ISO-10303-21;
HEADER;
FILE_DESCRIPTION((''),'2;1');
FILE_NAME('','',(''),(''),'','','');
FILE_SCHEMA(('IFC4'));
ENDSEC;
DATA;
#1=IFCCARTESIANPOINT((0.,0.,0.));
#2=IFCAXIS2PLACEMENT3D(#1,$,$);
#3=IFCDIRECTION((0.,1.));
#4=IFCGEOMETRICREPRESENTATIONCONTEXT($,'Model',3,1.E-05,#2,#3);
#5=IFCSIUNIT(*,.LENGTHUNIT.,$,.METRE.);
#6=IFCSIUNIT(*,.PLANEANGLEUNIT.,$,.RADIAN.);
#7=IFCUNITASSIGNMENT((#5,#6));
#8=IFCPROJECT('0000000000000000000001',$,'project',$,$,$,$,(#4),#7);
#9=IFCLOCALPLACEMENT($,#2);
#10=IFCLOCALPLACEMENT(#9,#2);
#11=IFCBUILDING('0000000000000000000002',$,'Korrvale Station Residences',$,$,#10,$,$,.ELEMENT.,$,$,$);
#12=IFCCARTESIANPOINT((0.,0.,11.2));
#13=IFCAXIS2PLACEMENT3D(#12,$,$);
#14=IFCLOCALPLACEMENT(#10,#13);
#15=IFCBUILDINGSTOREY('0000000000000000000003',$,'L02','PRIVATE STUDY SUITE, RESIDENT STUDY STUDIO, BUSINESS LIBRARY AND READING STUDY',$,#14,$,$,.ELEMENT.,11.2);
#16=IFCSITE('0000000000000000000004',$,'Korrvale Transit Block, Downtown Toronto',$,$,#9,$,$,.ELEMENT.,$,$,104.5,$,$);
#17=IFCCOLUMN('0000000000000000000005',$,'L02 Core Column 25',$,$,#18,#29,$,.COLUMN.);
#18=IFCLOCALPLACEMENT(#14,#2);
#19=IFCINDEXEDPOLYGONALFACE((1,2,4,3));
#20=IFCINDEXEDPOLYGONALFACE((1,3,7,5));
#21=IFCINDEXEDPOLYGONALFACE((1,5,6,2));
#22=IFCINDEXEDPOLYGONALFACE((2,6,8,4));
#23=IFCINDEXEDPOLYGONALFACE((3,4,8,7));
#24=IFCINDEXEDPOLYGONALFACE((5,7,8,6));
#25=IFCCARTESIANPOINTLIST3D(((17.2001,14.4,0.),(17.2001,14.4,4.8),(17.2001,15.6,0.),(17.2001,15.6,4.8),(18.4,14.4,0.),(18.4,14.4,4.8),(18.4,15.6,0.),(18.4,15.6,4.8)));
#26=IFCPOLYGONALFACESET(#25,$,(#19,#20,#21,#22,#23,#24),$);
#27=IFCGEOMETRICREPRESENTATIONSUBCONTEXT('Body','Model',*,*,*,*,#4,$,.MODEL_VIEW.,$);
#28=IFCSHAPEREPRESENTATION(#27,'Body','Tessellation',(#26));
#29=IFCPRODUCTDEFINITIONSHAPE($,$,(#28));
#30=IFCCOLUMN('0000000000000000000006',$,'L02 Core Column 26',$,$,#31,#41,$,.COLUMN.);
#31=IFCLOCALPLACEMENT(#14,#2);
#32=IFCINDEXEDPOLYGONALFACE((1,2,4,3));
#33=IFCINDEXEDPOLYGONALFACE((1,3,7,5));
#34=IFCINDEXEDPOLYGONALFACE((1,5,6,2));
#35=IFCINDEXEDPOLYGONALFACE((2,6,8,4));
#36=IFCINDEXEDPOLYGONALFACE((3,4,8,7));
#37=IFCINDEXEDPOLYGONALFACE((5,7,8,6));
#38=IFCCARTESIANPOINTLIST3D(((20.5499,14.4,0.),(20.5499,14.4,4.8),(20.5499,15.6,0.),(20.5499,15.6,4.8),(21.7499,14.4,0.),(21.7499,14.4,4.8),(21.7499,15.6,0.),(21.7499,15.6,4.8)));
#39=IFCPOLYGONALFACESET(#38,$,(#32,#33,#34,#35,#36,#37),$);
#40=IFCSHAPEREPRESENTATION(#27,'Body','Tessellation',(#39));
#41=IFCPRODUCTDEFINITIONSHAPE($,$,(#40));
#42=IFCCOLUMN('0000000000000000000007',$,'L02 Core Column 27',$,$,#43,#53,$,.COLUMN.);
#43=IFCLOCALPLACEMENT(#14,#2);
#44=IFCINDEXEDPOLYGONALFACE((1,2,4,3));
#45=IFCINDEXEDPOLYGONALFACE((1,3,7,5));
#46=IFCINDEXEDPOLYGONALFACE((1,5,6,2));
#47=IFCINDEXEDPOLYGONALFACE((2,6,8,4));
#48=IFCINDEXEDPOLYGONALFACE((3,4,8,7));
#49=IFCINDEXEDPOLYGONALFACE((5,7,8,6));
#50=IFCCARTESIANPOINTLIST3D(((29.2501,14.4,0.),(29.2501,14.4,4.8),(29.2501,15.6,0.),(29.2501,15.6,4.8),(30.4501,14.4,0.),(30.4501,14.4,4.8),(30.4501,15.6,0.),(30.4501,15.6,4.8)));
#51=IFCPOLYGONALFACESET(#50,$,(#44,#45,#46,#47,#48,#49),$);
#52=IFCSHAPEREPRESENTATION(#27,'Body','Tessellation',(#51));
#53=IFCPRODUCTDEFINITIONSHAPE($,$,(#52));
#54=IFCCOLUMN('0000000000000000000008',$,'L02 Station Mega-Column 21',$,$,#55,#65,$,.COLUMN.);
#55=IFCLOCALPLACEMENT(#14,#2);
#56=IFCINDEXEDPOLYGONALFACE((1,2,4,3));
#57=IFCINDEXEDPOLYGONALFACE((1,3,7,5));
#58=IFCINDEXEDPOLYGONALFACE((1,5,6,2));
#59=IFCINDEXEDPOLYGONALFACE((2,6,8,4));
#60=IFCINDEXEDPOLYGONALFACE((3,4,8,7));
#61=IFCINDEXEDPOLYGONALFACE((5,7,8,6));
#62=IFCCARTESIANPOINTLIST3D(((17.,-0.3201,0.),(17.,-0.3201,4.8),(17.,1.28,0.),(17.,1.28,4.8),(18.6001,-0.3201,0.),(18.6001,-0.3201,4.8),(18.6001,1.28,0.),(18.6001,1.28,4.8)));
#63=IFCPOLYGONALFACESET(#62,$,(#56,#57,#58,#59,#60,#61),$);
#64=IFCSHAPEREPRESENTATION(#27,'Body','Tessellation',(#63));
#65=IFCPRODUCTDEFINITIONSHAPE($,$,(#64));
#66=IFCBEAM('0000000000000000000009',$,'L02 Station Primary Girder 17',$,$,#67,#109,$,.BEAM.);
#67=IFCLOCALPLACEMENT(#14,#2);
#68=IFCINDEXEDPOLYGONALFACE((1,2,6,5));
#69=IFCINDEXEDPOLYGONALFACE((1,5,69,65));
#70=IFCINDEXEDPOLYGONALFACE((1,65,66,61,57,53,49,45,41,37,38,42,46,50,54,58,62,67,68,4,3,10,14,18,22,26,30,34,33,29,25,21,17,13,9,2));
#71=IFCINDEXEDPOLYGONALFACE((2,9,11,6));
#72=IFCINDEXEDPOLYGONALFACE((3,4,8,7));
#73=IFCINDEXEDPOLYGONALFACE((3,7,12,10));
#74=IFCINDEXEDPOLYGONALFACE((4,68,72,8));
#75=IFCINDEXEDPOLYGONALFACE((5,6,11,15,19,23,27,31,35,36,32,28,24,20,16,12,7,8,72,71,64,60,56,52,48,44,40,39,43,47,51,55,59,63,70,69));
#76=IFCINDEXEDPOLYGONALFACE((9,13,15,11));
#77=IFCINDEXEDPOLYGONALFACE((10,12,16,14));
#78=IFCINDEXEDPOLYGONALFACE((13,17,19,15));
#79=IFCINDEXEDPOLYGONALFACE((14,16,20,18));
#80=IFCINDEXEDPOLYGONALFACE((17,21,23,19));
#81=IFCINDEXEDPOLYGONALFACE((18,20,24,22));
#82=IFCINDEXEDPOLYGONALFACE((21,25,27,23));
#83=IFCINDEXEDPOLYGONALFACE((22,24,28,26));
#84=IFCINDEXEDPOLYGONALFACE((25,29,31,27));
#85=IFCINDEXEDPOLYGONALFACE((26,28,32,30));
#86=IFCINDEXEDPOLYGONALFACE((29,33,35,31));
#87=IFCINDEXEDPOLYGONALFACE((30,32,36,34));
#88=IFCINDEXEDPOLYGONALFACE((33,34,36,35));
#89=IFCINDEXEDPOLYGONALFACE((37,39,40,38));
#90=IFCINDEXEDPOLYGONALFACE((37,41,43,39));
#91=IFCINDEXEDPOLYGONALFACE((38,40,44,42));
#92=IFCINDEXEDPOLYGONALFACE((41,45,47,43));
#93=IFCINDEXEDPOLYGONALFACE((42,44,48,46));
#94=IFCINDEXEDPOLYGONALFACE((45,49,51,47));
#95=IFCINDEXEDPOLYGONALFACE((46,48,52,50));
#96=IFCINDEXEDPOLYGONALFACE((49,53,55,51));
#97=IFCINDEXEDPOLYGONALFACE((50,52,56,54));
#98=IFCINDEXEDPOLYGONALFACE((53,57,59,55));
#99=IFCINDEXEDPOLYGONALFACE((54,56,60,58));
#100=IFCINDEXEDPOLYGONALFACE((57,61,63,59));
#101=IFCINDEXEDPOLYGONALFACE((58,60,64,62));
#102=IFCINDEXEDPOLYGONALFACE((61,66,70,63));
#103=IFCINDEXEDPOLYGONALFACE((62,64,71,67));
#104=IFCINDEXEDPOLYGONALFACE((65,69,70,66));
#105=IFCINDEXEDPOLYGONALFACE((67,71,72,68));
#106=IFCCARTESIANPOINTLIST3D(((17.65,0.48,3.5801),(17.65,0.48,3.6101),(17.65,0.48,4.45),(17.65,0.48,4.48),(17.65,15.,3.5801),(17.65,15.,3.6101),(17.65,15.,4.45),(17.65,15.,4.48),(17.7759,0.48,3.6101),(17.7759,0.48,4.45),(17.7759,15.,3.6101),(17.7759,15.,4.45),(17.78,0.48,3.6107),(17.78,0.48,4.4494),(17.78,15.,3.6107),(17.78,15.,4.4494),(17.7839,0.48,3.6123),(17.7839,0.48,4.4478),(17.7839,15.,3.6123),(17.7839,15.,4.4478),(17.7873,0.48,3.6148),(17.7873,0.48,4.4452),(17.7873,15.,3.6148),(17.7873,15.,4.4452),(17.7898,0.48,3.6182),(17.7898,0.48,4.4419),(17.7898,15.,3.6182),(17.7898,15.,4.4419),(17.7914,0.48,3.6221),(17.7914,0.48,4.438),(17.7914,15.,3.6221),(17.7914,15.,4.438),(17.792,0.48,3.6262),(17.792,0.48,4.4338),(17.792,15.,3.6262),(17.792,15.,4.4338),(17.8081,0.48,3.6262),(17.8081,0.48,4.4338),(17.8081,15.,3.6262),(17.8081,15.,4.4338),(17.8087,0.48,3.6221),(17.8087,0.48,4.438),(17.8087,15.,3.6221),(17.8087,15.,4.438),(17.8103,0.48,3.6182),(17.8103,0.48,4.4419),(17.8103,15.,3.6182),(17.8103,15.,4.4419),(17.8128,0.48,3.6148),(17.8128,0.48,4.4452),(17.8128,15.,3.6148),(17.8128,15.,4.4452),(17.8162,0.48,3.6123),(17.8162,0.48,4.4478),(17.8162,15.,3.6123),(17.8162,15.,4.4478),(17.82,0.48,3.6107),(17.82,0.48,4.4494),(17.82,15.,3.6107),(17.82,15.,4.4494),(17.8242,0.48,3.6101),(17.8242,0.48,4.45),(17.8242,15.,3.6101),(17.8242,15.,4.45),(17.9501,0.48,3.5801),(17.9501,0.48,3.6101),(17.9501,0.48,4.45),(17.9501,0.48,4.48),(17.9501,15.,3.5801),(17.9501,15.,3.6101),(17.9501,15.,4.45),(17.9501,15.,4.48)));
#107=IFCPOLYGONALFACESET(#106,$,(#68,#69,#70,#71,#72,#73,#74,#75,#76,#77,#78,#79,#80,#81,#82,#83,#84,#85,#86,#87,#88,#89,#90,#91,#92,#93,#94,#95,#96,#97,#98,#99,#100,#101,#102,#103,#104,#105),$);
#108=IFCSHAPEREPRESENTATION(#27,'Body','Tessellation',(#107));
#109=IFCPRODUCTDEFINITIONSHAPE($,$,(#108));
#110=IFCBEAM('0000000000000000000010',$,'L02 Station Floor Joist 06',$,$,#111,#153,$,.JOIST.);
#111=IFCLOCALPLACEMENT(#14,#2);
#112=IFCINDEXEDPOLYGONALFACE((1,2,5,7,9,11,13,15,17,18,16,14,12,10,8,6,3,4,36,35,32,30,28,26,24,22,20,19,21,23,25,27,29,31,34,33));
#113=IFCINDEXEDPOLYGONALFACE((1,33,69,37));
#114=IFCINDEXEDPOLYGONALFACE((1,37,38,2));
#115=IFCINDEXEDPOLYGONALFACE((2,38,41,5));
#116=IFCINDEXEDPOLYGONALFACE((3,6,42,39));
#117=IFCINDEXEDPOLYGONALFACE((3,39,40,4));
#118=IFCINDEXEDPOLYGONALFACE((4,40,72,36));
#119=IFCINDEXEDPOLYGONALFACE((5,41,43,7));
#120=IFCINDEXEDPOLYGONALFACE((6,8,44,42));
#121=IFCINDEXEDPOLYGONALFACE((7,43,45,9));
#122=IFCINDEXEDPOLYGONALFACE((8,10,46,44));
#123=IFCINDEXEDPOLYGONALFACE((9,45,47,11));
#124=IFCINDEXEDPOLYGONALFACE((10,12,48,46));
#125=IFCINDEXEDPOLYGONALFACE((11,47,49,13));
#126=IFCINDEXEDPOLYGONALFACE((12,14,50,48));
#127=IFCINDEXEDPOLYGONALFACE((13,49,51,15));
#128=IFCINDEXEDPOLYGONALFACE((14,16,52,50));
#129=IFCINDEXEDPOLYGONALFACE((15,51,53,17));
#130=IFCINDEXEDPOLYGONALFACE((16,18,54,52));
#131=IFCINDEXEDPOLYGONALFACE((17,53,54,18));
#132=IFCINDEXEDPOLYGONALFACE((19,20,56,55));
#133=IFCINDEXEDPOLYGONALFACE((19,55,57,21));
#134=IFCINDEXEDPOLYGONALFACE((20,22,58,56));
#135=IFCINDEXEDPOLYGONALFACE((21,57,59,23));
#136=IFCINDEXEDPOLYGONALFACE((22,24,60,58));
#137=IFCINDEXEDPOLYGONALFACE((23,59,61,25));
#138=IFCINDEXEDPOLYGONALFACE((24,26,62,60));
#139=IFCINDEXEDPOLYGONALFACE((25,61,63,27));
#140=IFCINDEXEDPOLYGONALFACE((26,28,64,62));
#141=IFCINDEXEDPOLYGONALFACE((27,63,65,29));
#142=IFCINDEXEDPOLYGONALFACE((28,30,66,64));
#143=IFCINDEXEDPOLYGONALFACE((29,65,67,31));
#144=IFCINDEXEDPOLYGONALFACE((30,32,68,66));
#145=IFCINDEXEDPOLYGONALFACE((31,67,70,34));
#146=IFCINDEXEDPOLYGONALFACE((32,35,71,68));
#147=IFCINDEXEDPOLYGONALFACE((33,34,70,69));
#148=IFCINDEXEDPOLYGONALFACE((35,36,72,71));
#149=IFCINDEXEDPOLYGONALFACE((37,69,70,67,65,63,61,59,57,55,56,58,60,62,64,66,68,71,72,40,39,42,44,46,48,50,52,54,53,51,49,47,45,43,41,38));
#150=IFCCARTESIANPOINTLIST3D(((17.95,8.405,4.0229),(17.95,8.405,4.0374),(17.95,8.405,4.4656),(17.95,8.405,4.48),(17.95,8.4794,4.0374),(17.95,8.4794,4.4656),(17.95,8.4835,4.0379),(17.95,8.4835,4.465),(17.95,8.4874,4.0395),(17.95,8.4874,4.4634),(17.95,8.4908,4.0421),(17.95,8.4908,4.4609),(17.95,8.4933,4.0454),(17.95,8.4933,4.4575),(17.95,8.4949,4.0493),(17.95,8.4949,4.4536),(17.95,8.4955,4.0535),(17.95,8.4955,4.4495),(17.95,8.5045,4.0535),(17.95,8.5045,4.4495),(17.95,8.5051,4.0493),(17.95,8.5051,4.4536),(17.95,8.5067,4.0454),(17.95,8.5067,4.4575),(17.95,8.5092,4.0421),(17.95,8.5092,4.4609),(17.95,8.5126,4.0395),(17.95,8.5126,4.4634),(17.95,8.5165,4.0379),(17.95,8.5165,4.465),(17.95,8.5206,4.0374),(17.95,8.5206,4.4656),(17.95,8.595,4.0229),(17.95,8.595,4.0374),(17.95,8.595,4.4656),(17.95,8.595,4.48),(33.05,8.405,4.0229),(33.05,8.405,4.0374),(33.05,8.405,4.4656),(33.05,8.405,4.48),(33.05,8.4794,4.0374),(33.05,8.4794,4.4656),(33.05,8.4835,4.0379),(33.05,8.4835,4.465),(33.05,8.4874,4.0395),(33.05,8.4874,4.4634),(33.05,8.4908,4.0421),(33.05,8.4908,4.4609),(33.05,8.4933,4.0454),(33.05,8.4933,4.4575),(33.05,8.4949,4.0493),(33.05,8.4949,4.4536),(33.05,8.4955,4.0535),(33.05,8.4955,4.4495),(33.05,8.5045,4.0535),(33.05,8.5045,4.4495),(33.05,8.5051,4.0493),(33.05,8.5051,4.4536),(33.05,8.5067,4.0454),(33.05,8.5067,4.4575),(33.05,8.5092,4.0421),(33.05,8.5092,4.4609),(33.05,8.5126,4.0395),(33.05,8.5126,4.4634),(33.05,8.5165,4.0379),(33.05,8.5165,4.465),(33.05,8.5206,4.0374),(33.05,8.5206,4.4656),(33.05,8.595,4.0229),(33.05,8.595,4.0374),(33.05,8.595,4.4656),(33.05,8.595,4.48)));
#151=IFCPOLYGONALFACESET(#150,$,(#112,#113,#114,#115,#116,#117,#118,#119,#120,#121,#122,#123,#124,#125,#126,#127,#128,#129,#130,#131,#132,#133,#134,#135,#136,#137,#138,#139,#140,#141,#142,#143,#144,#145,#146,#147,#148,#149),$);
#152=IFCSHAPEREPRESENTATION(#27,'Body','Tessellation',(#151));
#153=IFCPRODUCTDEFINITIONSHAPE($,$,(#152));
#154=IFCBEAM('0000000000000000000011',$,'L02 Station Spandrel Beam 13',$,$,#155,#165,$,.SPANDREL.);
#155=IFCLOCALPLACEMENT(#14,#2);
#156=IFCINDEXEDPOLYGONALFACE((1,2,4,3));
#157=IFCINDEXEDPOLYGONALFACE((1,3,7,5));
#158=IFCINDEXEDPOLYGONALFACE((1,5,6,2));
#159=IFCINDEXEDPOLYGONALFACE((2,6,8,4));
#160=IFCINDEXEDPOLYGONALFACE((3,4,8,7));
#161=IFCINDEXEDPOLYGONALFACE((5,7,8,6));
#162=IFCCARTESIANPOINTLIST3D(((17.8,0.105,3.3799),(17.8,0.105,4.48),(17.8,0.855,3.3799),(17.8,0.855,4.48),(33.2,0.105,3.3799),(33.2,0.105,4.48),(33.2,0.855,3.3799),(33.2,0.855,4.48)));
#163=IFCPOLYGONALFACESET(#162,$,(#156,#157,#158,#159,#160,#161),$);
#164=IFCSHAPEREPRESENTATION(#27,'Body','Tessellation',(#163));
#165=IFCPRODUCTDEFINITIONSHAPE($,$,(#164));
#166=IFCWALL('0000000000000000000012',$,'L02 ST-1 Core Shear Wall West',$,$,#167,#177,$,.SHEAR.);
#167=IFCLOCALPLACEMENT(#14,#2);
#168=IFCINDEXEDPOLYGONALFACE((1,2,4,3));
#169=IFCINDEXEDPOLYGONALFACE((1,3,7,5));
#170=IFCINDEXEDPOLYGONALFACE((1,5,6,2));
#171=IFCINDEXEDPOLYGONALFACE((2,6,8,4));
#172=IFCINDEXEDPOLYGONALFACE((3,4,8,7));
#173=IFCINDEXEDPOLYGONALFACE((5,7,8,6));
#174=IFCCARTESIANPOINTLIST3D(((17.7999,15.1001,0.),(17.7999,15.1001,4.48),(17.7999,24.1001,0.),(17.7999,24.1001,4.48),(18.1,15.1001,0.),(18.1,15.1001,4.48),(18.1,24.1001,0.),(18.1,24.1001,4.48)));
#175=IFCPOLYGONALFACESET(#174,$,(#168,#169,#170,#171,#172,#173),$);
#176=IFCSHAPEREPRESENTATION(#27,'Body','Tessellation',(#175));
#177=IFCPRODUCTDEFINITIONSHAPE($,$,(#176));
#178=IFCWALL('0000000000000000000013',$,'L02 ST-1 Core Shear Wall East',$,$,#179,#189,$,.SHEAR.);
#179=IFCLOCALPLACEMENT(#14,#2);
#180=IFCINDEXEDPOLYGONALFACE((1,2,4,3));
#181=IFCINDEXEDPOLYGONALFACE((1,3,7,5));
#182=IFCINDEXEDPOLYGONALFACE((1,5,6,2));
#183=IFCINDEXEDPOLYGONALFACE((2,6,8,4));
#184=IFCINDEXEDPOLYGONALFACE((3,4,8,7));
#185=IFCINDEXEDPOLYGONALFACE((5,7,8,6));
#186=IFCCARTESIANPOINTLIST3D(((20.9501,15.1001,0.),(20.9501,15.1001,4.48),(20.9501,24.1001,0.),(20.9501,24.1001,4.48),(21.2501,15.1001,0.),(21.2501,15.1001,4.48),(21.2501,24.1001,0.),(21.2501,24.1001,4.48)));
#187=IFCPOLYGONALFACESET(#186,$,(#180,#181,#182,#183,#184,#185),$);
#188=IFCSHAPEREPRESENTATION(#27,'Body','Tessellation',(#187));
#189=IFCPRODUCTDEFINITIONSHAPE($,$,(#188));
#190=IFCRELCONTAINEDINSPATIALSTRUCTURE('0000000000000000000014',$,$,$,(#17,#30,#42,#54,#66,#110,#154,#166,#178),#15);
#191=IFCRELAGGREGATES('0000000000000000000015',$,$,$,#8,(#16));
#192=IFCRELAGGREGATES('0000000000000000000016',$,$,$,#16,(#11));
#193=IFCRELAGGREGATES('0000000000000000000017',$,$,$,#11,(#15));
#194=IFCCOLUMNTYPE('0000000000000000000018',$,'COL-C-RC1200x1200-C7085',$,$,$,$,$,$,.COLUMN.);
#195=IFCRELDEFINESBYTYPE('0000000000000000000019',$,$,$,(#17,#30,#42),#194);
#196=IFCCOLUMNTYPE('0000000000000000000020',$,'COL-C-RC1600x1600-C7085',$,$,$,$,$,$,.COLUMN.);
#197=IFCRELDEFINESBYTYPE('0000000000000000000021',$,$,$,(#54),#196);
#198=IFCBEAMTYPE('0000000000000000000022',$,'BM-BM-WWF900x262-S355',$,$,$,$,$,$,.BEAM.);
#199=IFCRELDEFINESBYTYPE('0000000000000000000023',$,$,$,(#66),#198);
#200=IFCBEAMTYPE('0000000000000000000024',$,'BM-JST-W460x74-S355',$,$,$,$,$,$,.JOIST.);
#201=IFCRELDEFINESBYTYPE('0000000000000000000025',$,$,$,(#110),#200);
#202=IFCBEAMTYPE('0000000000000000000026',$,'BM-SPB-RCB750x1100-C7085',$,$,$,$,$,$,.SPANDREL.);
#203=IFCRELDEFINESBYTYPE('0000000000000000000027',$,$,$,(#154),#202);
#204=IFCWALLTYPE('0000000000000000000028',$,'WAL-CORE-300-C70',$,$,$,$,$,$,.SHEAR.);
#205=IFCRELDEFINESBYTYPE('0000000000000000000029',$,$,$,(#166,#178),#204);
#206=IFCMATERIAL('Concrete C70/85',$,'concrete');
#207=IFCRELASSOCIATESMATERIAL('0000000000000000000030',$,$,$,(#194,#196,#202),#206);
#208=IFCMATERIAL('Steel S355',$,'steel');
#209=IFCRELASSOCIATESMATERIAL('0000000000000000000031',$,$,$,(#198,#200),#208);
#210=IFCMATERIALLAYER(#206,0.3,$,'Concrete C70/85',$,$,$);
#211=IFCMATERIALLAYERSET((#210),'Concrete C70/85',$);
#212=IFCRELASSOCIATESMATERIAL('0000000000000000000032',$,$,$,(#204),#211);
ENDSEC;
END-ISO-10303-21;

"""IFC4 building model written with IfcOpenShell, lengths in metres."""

from ifc_helpers import new_model, si_unit, direction, frame, frame_2d, origin, origin_2d, place, context, subcontext, project, spatial, rectangle, i_section, extrude, material, layer, layer_set, material_profile, profile_set, type_object, element, save


model = new_model("IFC4")

# Units and contexts
model_context = context("Model", 3, precision=1e-05, world=origin(), true_north=direction((0.0, 1.0)))
body_context = subcontext(model_context, "Body", "Model", "MODEL_VIEW")
ifc_project = project(units=[si_unit("LENGTHUNIT", "METRE"), si_unit("PLANEANGLEUNIT", "RADIAN")], contexts=[model_context])

# Site, building, storey
site_placement = place(None, origin())
site = spatial("IfcSite", under=ifc_project, at=site_placement, Name="Korrvale Transit Block, Downtown Toronto", CompositionType="ELEMENT", RefElevation=104.5)
building_placement = place(site_placement, origin())
building = spatial("IfcBuilding", under=site, at=building_placement, Name="Korrvale Station Residences", CompositionType="ELEMENT")
storey_placement = place(building_placement, frame((0.0, 0.0, 11.2)))
storey = spatial("IfcBuildingStorey", under=building, at=storey_placement, Name="L02", Description="PRIVATE STUDY SUITE, RESIDENT STUDY STUDIO, BUSINESS LIBRARY AND READING STUDY", CompositionType="ELEMENT", Elevation=11.2)

# Columns
ifc_material_1 = material(Name="Concrete C70/85", Category="concrete")
ifc_material_profile_1 = material_profile(ifc_material_1, rectangle(XDim=1.2, YDim=1.2, at=origin_2d()), Name="RC1200x1200")
ifc_profile_set_1 = profile_set([ifc_material_profile_1], Name="Concrete C70/85")
column_type_1 = type_object("IfcColumnType", Name="COL-C-RC1200x1200-C7085", PredefinedType="COLUMN", material=ifc_profile_set_1)
for number, where, z_axis, x_axis, name in (
    (1, (17.8, 15.0, 0.0), (0.0, 0.0, 1.0), (1.0, 0.0, 0.0), "L02 Core Column 25"),
    (2, (21.1499, 15.0, 0.0), (0.0, 0.0, 1.0), (1.0, 0.0, 0.0), "L02 Core Column 26"),
    (3, (29.8501, 15.0, 0.0), (0.0, 0.0, 1.0), (1.0, 0.0, 0.0), "L02 Core Column 27"),
):
    element("IfcColumn", number, at=place(storey_placement, frame(where, z_axis=z_axis, x_axis=x_axis)), inside=storey, type_object=column_type_1, Name=name, PredefinedType="COLUMN", context=body_context, shape_type="SweptSolid", body=[
        extrude(rectangle(XDim=1.2, YDim=1.2, at=origin_2d()), origin(), (0.0, 0.0, 1.0), 4.8),
    ])
ifc_material_profile_2 = material_profile(ifc_material_1, rectangle(XDim=1.6001, YDim=1.6001, at=origin_2d()), Name="RC1600x1600")
ifc_profile_set_2 = profile_set([ifc_material_profile_2], Name="Concrete C70/85")
column_type_2 = type_object("IfcColumnType", Name="COL-C-RC1600x1600-C7085", PredefinedType="COLUMN", material=ifc_profile_set_2)
column_placement = place(storey_placement, frame((17.8, 0.48, 0.0), z_axis=(0.0, 0.0, 1.0), x_axis=(1.0, 0.0, 0.0)))
element("IfcColumn", 4, at=column_placement, inside=storey, type_object=column_type_2, Name="L02 Station Mega-Column 21", PredefinedType="COLUMN", context=body_context, shape_type="SweptSolid", body=[
    extrude(rectangle(XDim=1.6001, YDim=1.6001, at=origin_2d()), origin(), (0.0, 0.0, 1.0), 4.8),
])

# Beams
ifc_material_2 = material(Name="Steel S355", Category="steel")
ifc_material_profile_3 = material_profile(ifc_material_2, i_section(OverallWidth=0.3, OverallDepth=0.8999, WebThickness=0.0161, FlangeThickness=0.03, FilletRadius=0.0161, at=origin_2d()), Name="WWF900x262")
ifc_profile_set_3 = profile_set([ifc_material_profile_3], Name="Steel S355")
beam_type_1 = type_object("IfcBeamType", Name="BM-BM-WWF900x262-S355", PredefinedType="BEAM", material=ifc_profile_set_3)
beam_1_placement = place(storey_placement, frame((17.8, 0.48, 4.03), z_axis=(0.0, 1.0, 0.0), x_axis=(-1.0, 0.0, 0.0)))
element("IfcBeam", 5, at=beam_1_placement, inside=storey, type_object=beam_type_1, Name="L02 Station Primary Girder 17", PredefinedType="BEAM", context=body_context, shape_type="SweptSolid", body=[
    extrude(i_section(OverallWidth=0.3, OverallDepth=0.8999, WebThickness=0.0161, FlangeThickness=0.03, FilletRadius=0.0161, at=origin_2d()), origin(), (0.0, 0.0, 1.0), 14.52),
])
ifc_material_profile_4 = material_profile(ifc_material_2, i_section(OverallWidth=0.1899, OverallDepth=0.457, WebThickness=0.009, FlangeThickness=0.0144, FilletRadius=0.0161, at=origin_2d()), Name="W460x74")
ifc_profile_set_4 = profile_set([ifc_material_profile_4], Name="Steel S355")
beam_type_2 = type_object("IfcBeamType", Name="BM-JST-W460x74-S355", PredefinedType="JOIST", material=ifc_profile_set_4)
beam_2_placement = place(storey_placement, frame((17.95, 8.5, 4.2515), z_axis=(1.0, 0.0, 0.0), x_axis=(0.0, 1.0, 0.0)))
element("IfcBeam", 6, at=beam_2_placement, inside=storey, type_object=beam_type_2, Name="L02 Station Floor Joist 06", PredefinedType="JOIST", context=body_context, shape_type="SweptSolid", body=[
    extrude(i_section(OverallWidth=0.1899, OverallDepth=0.457, WebThickness=0.009, FlangeThickness=0.0144, FilletRadius=0.0161, at=origin_2d()), origin(), (0.0, 0.0, 1.0), 15.1001),
])
ifc_material_profile_5 = material_profile(ifc_material_1, rectangle(XDim=0.75, YDim=1.1001, at=origin_2d()), Name="RCB750x1100")
ifc_profile_set_5 = profile_set([ifc_material_profile_5], Name="Concrete C70/85")
beam_type_3 = type_object("IfcBeamType", Name="BM-SPB-RCB750x1100-C7085", PredefinedType="SPANDREL", material=ifc_profile_set_5)
beam_3_placement = place(storey_placement, frame((17.8, 0.48, 3.9299), z_axis=(1.0, 0.0, 0.0), x_axis=(0.0, 1.0, 0.0)))
element("IfcBeam", 7, at=beam_3_placement, inside=storey, type_object=beam_type_3, Name="L02 Station Spandrel Beam 13", PredefinedType="SPANDREL", context=body_context, shape_type="SweptSolid", body=[
    extrude(rectangle(XDim=0.75, YDim=1.1001, at=origin_2d()), origin(), (0.0, 0.0, 1.0), 15.3999),
])

# Walls
ifc_layer_1 = layer(ifc_material_1, 0.3, Name="Concrete C70/85")
ifc_layer_set_1 = layer_set([ifc_layer_1], Name="Concrete C70/85")
wall_type_1 = type_object("IfcWallType", Name="WAL-CORE-300-C70", PredefinedType="SHEAR", material=ifc_layer_set_1)
for number, where, z_axis, x_axis, name in (
    (8, (17.95, 15.1001, 0.0), (0.0, 0.0, 1.0), (0.0, 1.0, 0.0), "L02 ST-1 Core Shear Wall West"),
    (9, (21.1001, 15.1001, 0.0), (0.0, 0.0, 1.0), (0.0, 1.0, 0.0), "L02 ST-1 Core Shear Wall East"),
):
    element("IfcWall", number, at=place(storey_placement, frame(where, z_axis=z_axis, x_axis=x_axis)), inside=storey, type_object=wall_type_1, Name=name, PredefinedType="SHEAR", context=body_context, shape_type="SweptSolid", body=[
        extrude(rectangle(XDim=9.0, YDim=0.3, at=frame_2d((4.5, 0.0))), origin(), (0.0, 0.0, 1.0), 4.48),
    ])

save(model, "model.ifc")
